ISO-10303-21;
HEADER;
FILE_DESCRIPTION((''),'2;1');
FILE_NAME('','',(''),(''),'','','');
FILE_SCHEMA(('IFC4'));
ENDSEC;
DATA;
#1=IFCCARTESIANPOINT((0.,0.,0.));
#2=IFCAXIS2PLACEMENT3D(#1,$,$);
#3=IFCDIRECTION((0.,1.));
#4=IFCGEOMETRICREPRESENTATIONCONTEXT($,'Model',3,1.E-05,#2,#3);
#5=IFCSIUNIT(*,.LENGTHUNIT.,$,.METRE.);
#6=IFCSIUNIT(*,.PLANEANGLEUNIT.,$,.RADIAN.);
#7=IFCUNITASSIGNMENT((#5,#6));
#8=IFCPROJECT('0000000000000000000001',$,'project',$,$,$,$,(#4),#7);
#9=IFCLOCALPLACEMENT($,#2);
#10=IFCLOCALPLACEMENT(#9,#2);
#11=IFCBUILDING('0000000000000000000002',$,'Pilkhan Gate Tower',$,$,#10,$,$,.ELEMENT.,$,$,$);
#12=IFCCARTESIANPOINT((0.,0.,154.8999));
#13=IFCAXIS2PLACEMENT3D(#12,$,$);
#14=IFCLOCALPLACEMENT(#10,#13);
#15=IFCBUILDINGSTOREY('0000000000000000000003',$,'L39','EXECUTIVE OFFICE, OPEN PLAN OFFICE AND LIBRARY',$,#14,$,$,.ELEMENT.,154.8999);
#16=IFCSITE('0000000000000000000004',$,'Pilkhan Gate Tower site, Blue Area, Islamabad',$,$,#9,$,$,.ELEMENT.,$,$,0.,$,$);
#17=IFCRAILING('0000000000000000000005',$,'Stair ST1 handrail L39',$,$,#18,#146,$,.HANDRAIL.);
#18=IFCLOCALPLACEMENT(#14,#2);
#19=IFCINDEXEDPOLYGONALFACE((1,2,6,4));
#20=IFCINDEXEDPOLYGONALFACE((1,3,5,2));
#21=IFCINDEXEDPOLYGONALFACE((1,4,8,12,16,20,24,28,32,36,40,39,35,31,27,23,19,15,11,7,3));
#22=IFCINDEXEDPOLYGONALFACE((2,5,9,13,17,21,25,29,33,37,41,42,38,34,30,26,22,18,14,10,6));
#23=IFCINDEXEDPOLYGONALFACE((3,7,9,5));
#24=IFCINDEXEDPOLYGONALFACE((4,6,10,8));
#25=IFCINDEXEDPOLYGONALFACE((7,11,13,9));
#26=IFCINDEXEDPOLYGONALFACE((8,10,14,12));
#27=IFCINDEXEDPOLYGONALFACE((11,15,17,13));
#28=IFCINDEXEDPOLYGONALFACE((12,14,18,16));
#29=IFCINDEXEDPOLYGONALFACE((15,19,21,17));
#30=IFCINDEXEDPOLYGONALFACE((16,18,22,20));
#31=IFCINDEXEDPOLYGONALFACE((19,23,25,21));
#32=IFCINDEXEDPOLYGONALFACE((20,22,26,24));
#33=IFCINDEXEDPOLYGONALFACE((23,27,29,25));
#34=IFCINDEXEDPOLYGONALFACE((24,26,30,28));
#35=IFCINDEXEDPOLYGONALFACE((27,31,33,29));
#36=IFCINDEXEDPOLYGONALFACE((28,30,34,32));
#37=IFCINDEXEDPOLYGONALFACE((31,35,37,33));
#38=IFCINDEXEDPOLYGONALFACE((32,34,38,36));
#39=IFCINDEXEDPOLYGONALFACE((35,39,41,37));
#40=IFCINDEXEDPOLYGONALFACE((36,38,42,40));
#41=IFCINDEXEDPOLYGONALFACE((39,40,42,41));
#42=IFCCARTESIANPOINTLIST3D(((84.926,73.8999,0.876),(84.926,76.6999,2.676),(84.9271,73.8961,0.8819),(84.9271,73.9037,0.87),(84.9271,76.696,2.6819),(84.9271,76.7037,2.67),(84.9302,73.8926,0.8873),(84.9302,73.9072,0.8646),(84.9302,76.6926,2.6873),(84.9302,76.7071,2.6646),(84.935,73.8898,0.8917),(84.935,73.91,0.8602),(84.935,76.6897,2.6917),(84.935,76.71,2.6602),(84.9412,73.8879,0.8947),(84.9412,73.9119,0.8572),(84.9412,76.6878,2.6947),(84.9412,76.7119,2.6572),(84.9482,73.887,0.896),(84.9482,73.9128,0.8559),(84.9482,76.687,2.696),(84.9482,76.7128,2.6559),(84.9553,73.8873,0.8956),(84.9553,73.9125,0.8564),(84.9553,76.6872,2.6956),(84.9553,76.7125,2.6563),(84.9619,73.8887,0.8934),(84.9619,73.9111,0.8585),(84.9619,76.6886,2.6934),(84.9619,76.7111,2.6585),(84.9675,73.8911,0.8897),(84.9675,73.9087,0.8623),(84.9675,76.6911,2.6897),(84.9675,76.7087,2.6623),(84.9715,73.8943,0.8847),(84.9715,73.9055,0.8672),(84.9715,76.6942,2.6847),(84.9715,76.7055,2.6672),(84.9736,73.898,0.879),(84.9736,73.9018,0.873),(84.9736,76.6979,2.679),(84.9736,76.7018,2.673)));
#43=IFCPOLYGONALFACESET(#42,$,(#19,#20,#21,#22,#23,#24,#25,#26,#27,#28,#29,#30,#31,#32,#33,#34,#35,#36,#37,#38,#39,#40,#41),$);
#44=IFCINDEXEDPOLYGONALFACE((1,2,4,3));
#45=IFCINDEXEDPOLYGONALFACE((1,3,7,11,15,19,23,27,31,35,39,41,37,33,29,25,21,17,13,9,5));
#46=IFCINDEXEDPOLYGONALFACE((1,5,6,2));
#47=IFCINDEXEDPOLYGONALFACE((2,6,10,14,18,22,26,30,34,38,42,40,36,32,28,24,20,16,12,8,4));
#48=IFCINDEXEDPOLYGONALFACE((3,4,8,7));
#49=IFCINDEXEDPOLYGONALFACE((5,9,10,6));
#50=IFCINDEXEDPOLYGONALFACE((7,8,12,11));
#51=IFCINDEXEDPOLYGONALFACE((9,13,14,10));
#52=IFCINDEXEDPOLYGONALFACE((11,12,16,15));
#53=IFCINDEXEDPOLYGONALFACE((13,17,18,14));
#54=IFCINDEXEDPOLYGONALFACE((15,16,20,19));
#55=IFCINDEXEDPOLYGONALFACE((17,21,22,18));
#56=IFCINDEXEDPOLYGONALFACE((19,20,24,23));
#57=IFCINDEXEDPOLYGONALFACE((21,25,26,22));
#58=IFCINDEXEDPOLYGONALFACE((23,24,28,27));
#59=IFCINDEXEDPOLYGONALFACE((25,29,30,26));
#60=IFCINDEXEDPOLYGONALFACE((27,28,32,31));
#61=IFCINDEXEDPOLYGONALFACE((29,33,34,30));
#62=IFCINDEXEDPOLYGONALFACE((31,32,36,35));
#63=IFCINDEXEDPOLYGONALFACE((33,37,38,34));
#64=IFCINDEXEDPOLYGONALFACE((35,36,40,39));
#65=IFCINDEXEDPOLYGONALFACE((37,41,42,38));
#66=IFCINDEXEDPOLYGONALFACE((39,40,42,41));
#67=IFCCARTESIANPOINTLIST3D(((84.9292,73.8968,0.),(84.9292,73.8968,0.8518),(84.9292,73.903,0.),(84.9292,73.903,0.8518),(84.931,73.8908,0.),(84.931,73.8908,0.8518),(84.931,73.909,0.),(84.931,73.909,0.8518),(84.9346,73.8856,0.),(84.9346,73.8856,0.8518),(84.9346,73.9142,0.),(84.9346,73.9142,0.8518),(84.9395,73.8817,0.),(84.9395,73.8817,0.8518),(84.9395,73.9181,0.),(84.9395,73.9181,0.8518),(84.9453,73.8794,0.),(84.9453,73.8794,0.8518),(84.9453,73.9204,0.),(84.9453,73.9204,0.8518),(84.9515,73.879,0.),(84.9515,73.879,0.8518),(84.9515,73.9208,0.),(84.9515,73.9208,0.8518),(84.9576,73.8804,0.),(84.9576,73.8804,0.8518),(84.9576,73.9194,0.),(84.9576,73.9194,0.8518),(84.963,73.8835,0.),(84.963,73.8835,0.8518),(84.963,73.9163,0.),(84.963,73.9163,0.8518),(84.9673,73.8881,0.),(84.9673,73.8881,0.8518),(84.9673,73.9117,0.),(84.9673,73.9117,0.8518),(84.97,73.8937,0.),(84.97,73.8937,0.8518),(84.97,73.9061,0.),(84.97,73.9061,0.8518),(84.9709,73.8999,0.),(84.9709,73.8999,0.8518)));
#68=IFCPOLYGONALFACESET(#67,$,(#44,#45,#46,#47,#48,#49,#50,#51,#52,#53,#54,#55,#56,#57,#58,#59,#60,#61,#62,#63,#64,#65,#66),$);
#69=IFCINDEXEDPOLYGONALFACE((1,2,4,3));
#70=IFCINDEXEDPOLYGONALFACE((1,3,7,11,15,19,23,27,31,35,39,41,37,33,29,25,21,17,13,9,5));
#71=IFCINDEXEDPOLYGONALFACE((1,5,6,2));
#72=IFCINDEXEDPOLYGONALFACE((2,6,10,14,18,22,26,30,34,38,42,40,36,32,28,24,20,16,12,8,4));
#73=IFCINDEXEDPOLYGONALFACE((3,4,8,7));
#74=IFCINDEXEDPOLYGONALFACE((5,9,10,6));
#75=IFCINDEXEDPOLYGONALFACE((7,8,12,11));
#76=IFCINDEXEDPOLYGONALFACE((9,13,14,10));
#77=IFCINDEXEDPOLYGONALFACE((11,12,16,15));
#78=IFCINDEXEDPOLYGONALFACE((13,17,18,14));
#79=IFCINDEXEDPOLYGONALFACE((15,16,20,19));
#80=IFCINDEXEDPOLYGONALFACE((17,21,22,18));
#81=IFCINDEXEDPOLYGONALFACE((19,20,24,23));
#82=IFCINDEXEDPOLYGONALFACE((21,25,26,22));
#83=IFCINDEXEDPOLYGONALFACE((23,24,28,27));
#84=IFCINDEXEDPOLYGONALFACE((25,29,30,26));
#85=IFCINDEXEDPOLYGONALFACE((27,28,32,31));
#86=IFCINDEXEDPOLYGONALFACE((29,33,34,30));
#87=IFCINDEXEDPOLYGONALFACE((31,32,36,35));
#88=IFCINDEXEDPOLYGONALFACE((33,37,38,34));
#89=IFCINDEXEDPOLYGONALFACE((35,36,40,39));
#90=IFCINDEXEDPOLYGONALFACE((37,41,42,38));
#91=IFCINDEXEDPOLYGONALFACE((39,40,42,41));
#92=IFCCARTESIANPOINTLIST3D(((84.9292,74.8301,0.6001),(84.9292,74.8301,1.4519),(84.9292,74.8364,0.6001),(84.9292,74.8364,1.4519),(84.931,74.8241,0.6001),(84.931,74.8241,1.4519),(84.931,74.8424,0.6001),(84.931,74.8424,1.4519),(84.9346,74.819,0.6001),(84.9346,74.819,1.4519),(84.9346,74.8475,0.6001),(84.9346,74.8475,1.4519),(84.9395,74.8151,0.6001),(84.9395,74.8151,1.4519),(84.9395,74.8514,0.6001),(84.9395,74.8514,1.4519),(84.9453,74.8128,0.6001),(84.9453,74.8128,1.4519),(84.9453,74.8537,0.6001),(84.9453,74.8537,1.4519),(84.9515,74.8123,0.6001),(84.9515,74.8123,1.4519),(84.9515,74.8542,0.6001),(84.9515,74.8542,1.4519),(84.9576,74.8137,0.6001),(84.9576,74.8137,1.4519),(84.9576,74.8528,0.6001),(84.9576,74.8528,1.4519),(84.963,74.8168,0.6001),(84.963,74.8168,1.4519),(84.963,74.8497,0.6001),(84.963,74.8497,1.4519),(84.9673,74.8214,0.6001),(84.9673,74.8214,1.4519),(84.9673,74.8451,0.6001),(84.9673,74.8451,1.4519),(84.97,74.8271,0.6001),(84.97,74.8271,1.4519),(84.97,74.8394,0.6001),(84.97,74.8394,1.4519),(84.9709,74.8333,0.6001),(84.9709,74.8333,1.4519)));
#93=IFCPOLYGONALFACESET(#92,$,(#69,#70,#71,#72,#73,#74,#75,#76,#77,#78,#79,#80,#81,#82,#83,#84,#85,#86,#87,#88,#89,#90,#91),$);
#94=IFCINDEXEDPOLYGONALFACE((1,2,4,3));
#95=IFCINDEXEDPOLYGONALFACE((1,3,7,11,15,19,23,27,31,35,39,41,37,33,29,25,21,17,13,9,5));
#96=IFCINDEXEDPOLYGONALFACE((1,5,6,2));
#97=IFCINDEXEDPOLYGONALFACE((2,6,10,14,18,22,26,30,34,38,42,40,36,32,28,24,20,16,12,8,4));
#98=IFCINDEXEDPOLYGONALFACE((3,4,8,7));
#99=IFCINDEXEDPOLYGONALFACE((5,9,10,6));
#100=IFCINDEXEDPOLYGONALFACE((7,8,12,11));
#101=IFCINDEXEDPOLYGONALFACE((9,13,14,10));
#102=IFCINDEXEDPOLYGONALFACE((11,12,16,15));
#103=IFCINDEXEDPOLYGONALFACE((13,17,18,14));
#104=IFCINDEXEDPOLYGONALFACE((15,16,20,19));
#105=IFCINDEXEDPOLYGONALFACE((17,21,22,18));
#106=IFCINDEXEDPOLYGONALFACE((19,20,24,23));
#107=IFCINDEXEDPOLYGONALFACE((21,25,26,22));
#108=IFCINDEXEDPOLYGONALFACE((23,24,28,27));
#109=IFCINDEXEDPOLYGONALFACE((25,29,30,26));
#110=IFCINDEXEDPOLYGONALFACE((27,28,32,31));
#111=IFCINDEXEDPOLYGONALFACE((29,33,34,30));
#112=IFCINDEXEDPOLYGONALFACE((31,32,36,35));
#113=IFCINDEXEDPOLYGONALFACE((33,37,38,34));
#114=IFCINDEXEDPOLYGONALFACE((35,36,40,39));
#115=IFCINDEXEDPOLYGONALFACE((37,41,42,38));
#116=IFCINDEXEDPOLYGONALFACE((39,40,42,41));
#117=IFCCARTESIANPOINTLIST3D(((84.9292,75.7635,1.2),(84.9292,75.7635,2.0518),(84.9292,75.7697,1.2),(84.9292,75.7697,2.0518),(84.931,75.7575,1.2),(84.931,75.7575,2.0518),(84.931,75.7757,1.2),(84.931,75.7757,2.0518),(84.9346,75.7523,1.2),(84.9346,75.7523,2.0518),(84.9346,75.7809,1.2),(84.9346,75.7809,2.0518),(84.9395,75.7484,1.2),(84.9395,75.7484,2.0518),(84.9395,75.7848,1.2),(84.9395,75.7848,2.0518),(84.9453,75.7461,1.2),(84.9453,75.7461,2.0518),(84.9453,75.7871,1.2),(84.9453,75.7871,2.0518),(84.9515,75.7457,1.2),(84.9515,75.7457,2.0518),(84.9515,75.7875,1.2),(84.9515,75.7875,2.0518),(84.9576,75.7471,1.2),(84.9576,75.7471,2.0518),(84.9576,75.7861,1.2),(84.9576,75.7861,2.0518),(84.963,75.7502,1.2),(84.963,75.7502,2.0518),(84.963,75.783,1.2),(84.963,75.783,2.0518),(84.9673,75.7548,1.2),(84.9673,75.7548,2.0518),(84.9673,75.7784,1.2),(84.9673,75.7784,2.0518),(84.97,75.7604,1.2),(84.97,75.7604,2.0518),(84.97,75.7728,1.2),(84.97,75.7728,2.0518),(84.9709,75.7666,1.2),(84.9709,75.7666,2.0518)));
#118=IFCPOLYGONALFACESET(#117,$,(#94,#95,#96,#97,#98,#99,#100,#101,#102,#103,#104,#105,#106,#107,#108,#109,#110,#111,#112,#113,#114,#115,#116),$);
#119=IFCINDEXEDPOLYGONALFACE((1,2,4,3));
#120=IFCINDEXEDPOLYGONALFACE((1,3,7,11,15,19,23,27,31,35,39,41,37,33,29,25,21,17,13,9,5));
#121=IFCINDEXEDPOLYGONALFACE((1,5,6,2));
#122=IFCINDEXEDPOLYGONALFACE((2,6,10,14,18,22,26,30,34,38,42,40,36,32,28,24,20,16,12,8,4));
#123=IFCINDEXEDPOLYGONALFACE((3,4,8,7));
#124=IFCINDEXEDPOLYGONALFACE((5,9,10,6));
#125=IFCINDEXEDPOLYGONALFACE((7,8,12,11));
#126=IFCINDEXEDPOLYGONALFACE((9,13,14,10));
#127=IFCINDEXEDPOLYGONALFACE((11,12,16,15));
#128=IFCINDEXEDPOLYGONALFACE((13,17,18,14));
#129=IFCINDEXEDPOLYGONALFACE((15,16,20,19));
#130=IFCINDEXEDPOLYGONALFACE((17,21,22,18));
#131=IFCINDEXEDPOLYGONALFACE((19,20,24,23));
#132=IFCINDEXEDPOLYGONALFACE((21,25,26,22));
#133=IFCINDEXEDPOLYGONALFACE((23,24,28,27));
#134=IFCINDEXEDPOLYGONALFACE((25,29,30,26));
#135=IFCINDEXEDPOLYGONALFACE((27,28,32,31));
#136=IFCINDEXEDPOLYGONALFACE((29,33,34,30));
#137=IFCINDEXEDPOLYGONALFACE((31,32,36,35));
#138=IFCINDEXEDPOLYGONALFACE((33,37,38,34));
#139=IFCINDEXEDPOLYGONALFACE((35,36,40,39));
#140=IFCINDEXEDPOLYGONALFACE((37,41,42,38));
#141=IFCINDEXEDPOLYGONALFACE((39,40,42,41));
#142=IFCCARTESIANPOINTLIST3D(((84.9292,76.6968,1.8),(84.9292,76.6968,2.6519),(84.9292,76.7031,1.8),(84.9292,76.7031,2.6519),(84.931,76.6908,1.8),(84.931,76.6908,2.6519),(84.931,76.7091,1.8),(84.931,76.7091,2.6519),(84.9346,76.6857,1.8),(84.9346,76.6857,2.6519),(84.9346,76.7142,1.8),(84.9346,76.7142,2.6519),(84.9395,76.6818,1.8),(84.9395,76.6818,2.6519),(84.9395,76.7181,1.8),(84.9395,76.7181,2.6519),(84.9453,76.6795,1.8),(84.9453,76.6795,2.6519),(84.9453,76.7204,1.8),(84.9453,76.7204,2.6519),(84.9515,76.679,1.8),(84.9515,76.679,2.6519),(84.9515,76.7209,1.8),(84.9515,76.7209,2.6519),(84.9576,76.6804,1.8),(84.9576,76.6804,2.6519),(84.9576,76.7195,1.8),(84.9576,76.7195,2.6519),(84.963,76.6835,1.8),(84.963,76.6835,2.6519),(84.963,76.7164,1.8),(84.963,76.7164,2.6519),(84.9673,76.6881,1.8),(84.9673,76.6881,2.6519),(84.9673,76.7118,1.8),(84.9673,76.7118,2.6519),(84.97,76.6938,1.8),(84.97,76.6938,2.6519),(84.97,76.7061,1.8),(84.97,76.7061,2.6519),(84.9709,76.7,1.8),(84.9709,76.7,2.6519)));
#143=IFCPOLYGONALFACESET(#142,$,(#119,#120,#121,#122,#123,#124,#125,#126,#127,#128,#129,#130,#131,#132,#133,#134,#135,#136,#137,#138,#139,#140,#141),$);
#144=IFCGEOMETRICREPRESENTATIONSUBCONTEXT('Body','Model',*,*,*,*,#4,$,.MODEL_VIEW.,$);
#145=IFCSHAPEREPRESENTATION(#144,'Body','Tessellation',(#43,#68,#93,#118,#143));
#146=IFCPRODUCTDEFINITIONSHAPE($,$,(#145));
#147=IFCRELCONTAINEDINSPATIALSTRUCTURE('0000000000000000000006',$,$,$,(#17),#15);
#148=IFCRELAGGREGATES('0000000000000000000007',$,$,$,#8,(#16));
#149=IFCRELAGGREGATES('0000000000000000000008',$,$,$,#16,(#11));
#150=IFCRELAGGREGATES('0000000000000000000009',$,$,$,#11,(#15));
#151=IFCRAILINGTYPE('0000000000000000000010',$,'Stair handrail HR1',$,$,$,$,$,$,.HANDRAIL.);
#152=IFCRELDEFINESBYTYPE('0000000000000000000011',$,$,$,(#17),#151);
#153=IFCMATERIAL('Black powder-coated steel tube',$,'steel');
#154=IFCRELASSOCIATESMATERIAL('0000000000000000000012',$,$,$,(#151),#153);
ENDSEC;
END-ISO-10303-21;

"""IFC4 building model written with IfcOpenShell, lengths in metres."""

from ifc_helpers import new_model, si_unit, direction, frame, origin, origin_2d, place, context, subcontext, project, spatial, circle, extrude, material, type_object, element, save


model = new_model("IFC4")

# Units and contexts
model_context = context("Model", 3, precision=1e-05, world=origin(), true_north=direction((0.0, 1.0)))
body_context = subcontext(model_context, "Body", "Model", "MODEL_VIEW")
ifc_project = project(units=[si_unit("LENGTHUNIT", "METRE"), si_unit("PLANEANGLEUNIT", "RADIAN")], contexts=[model_context])

# Site, building, storey
site_placement = place(None, origin())
site = spatial("IfcSite", under=ifc_project, at=site_placement, Name="Pilkhan Gate Tower site, Blue Area, Islamabad", CompositionType="ELEMENT", RefElevation=0.0)
building_placement = place(site_placement, origin())
building = spatial("IfcBuilding", under=site, at=building_placement, Name="Pilkhan Gate Tower", CompositionType="ELEMENT")
storey_placement = place(building_placement, frame((0.0, 0.0, 154.8999)))
storey = spatial("IfcBuildingStorey", under=building, at=storey_placement, Name="L39", Description="EXECUTIVE OFFICE, OPEN PLAN OFFICE AND LIBRARY", CompositionType="ELEMENT", Elevation=154.8999)

# Railing
ifc_material_1 = material(Name="Black powder-coated steel tube", Category="steel")
railing_type_1 = type_object("IfcRailingType", Name="Stair handrail HR1", PredefinedType="HANDRAIL", material=ifc_material_1)
railing_1_placement = place(storey_placement, frame((84.95, 73.8999, 0.0)))
element("IfcRailing", 1, at=railing_1_placement, inside=storey, type_object=railing_type_1, Name="Stair ST1 handrail L39", PredefinedType="HANDRAIL", context=body_context, shape_type="SweptSolid", body=[
    extrude(circle(Radius=0.0239, at=origin_2d()), frame((0.0, 0.0, 0.876), z_axis=(0.0, 0.841176, 0.540761), x_axis=(-1.0, 0.0, 0.0)), (0.0, 0.0, 1.0), 3.3286),
    extrude(circle(Radius=0.021, at=origin_2d()), origin(), (0.0, 0.0, 1.0), 0.8518),
    extrude(circle(Radius=0.021, at=origin_2d()), frame((0.0, 0.9333, 0.6001)), (0.0, 0.0, 1.0), 0.8518),
    extrude(circle(Radius=0.021, at=origin_2d()), frame((0.0, 1.8667, 1.2)), (0.0, 0.0, 1.0), 0.8518),
    extrude(circle(Radius=0.021, at=origin_2d()), frame((0.0, 2.8, 1.8)), (0.0, 0.0, 1.0), 0.8518),
])

save(model, "model.ifc")
